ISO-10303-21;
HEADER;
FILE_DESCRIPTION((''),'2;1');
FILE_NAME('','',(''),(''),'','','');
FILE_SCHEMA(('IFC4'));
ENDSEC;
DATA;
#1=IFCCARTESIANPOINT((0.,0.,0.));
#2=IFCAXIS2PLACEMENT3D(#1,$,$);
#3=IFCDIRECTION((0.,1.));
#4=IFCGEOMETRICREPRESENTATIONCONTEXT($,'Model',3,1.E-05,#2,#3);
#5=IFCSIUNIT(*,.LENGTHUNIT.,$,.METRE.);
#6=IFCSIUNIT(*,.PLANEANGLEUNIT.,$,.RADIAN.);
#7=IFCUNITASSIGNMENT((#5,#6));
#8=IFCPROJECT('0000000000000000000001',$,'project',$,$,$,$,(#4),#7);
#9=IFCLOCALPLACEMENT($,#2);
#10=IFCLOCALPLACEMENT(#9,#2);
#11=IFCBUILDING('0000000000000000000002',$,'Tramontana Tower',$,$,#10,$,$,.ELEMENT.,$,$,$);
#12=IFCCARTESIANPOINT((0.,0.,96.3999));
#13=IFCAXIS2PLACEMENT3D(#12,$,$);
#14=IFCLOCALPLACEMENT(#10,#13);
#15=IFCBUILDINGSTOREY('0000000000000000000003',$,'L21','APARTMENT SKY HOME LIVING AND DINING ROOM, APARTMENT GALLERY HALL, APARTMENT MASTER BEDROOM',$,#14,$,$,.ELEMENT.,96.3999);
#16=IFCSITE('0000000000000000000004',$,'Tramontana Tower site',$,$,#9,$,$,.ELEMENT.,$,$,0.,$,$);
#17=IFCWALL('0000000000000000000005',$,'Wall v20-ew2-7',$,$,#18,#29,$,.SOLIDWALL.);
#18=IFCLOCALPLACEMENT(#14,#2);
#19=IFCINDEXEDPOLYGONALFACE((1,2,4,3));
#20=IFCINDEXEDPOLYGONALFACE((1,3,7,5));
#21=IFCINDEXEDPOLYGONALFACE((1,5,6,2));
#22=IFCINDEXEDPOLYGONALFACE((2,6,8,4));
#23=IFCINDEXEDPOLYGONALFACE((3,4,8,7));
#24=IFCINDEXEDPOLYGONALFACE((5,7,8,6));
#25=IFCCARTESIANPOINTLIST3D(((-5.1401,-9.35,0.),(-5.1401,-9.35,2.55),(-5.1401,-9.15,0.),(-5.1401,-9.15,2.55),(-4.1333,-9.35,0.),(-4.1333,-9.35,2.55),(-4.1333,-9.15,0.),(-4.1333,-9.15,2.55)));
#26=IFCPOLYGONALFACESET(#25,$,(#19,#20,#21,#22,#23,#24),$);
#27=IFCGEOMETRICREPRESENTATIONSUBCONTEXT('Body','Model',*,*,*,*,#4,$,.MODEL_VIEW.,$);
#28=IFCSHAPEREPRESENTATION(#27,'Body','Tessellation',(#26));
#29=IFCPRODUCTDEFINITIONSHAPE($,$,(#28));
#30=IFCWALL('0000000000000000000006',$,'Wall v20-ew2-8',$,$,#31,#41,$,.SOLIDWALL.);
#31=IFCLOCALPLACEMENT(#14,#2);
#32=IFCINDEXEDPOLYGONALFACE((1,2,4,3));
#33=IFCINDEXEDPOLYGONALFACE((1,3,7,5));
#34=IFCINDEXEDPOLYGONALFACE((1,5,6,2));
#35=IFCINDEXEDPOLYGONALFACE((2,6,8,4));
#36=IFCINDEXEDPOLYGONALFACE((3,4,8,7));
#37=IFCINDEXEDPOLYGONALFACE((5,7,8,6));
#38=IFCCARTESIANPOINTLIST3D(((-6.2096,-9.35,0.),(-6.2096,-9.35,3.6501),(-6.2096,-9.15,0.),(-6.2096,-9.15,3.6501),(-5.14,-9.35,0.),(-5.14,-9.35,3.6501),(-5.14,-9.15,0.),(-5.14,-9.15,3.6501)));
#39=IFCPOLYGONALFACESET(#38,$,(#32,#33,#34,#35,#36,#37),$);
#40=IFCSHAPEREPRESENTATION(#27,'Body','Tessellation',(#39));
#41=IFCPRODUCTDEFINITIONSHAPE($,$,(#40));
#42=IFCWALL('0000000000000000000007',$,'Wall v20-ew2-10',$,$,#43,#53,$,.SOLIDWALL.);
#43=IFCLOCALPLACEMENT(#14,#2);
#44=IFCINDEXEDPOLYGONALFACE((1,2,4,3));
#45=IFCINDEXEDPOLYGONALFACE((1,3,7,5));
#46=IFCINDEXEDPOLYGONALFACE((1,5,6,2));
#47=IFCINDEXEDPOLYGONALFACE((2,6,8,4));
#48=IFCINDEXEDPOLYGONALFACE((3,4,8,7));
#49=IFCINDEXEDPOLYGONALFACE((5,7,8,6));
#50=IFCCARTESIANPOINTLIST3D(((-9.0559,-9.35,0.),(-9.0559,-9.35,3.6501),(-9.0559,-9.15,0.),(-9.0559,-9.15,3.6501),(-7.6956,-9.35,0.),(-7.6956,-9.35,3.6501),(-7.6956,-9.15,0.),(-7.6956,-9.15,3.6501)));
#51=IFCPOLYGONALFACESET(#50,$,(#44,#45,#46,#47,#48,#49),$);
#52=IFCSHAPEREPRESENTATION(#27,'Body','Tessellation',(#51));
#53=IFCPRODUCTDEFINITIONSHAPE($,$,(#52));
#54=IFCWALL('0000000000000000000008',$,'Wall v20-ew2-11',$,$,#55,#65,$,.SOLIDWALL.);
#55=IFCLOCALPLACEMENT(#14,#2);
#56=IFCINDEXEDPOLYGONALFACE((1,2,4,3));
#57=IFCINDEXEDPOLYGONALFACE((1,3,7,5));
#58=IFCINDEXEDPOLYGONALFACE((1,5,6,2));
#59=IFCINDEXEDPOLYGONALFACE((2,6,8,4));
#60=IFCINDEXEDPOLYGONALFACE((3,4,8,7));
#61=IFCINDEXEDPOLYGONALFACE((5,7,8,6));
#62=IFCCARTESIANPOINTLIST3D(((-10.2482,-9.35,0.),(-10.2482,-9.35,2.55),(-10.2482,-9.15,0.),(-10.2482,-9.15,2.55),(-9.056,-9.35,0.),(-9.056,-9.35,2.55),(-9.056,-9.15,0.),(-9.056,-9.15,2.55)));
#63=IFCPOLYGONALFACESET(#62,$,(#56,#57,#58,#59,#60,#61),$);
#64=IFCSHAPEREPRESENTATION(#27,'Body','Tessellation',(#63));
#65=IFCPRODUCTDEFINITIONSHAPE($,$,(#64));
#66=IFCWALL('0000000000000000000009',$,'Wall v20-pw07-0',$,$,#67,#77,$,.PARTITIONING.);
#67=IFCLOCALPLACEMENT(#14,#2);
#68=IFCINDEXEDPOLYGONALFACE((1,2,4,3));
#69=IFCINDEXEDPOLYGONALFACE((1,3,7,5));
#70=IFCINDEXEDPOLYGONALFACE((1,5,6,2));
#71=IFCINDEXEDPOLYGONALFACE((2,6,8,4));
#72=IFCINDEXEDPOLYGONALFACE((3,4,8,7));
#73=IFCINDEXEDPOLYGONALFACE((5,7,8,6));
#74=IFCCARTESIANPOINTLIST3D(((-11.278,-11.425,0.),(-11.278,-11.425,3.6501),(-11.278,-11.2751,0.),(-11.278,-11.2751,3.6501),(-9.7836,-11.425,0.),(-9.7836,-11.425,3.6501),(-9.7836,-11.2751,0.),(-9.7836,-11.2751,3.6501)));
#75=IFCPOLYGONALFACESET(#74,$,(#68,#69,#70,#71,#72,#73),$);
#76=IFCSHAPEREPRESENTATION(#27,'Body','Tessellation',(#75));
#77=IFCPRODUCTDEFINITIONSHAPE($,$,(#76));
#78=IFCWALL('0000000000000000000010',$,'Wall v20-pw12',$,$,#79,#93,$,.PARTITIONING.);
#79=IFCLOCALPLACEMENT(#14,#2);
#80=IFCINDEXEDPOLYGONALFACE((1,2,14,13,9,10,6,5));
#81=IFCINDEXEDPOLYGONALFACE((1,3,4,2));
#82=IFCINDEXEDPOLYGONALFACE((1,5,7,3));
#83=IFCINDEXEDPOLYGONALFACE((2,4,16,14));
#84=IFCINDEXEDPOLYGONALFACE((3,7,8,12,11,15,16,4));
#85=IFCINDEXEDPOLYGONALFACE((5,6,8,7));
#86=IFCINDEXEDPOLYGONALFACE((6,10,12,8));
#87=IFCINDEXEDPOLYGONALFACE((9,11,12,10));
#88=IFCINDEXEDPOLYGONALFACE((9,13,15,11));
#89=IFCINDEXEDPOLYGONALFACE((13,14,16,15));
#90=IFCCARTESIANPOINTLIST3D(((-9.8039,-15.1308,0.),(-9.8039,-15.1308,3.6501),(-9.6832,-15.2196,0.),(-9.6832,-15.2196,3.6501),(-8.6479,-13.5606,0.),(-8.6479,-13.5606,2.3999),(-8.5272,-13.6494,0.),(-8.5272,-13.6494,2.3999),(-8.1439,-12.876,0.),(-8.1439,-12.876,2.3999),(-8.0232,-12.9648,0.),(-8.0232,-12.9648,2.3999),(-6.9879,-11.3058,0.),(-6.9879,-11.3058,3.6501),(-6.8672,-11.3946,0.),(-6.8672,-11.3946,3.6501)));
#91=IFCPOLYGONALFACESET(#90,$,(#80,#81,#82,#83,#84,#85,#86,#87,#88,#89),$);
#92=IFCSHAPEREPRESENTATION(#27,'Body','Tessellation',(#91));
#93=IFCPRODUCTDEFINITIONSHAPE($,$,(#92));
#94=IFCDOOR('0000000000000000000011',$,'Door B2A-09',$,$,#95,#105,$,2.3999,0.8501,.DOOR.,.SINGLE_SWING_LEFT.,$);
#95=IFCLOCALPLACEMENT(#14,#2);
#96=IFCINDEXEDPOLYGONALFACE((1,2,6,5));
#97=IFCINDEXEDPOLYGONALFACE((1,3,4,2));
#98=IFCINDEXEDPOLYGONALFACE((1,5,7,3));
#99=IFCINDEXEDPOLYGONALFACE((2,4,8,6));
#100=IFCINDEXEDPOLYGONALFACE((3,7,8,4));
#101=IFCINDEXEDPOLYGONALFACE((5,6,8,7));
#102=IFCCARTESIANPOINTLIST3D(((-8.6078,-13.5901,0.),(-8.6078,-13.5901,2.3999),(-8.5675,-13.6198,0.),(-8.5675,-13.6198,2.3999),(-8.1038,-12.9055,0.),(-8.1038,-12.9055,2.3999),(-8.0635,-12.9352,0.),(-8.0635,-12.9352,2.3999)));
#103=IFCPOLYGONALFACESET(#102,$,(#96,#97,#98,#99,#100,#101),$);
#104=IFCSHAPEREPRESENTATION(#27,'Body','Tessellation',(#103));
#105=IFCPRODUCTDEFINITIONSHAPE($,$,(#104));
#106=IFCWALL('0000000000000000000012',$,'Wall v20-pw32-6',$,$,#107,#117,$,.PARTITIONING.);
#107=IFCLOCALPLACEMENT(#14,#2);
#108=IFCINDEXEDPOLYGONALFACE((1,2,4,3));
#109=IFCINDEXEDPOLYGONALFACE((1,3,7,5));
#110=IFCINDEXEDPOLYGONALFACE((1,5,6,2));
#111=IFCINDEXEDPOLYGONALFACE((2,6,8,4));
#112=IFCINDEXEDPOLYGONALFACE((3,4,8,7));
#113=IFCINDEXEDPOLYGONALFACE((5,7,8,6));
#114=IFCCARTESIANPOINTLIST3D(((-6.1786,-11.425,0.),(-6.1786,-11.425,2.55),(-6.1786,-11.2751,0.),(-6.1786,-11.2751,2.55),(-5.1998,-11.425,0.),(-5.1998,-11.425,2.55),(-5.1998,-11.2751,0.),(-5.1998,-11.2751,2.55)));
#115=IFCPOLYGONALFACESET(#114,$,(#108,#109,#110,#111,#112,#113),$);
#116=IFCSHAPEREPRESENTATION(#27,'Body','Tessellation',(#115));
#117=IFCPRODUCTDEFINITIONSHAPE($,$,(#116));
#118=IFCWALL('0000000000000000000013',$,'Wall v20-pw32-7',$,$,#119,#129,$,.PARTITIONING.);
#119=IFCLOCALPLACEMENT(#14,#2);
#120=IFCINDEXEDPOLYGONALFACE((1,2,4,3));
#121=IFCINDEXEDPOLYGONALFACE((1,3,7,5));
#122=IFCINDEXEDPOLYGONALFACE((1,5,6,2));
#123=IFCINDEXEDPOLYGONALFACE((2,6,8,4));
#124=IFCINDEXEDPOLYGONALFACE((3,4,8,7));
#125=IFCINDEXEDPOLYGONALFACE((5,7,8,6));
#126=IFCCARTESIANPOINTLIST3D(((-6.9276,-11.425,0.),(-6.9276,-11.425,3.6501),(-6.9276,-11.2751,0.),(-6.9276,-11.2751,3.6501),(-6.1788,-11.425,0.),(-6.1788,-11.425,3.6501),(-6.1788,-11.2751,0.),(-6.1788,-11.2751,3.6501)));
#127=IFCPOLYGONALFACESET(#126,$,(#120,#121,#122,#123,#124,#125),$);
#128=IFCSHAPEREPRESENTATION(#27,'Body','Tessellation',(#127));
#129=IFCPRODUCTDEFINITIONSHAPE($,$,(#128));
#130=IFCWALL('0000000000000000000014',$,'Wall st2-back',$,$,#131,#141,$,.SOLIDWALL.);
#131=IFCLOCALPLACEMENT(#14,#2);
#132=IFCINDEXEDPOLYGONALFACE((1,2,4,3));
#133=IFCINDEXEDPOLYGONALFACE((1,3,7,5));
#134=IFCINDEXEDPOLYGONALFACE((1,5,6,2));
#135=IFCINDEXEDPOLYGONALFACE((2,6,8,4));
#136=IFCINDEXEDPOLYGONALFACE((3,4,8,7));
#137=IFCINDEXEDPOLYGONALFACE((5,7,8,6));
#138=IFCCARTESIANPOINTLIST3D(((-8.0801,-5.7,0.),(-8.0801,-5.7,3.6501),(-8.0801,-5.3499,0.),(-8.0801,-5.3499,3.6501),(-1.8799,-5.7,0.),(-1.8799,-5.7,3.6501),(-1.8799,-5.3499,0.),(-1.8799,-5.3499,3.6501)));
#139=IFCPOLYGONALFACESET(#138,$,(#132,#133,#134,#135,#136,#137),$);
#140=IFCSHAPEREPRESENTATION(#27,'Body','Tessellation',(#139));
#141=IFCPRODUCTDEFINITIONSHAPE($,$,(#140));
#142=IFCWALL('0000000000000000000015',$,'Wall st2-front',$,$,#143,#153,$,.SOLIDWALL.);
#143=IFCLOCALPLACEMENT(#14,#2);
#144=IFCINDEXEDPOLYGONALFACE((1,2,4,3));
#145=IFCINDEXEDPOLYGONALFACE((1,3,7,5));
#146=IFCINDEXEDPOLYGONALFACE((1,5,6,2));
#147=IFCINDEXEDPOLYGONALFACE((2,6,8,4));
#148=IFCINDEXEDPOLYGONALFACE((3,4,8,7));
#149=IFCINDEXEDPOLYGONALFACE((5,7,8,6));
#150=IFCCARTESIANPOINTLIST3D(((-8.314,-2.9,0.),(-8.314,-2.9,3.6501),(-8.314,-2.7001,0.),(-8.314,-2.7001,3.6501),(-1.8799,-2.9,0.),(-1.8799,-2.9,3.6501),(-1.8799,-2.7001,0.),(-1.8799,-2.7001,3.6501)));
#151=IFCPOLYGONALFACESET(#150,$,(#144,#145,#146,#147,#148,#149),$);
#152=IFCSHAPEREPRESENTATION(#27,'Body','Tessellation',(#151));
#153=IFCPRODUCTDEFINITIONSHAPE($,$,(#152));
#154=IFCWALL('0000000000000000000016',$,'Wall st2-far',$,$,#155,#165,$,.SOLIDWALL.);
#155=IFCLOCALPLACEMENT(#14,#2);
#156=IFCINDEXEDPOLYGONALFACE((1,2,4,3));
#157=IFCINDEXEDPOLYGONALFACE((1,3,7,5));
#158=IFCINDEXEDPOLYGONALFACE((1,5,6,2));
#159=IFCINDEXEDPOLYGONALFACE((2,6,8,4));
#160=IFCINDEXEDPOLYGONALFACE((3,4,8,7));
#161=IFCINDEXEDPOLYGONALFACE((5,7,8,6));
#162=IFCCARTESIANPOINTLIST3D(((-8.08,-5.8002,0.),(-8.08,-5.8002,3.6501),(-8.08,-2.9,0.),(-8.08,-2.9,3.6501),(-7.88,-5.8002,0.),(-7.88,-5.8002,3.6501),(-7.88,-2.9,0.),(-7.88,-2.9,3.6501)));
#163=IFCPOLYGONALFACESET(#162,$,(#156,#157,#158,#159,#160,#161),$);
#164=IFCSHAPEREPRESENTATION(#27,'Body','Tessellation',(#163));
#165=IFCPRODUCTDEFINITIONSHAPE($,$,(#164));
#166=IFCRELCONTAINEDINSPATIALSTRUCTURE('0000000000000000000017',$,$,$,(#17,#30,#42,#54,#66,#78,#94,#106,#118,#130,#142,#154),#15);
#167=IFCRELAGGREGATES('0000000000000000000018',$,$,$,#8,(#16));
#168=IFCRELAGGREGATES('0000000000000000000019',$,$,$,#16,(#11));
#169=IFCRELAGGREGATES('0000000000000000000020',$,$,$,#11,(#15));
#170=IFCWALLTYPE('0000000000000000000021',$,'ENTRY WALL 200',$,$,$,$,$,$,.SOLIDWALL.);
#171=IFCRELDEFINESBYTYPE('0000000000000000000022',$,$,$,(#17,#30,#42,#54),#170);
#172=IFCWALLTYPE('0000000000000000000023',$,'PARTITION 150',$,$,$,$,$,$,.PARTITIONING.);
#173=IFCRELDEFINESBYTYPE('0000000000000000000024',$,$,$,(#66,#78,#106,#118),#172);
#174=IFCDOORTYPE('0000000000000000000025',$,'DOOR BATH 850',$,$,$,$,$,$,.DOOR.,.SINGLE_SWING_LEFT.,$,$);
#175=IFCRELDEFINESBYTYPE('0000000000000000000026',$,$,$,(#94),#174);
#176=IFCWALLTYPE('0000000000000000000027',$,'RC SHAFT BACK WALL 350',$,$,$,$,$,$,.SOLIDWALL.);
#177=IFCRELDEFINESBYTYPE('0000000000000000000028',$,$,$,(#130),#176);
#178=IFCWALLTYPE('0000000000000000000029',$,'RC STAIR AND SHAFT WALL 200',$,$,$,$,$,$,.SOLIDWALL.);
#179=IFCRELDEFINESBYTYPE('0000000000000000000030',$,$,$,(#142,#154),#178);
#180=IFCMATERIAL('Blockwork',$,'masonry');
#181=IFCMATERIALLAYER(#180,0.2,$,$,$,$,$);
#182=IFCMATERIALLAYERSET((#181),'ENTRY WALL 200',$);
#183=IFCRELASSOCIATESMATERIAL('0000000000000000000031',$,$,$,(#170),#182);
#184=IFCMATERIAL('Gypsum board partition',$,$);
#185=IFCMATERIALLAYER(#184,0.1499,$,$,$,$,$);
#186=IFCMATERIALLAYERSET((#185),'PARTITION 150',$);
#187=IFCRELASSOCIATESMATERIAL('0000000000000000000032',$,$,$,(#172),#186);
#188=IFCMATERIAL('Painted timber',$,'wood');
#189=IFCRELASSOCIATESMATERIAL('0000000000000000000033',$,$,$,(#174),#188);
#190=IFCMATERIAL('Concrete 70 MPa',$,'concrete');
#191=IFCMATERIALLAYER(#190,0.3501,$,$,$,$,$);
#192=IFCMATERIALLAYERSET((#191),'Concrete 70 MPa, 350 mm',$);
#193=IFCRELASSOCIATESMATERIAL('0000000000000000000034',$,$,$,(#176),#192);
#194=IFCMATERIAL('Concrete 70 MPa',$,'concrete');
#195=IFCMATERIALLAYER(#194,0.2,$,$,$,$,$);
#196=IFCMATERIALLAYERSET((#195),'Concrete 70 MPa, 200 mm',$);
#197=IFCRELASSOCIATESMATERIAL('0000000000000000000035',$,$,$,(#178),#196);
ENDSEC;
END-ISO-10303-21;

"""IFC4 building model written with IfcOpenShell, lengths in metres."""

from ifc_helpers import new_model, si_unit, direction, frame, frame_2d, origin, place, context, subcontext, project, spatial, rectangle, extrude, material, layer, layer_set, type_object, element, fill, save


model = new_model("IFC4")

# Units and contexts
model_context = context("Model", 3, precision=1e-05, world=origin(), true_north=direction((0.0, 1.0)))
body_context = subcontext(model_context, "Body", "Model", "MODEL_VIEW")
ifc_project = project(units=[si_unit("LENGTHUNIT", "METRE"), si_unit("PLANEANGLEUNIT", "RADIAN")], contexts=[model_context])

# Site, building, storey
site_placement = place(None, origin())
site = spatial("IfcSite", under=ifc_project, at=site_placement, Name="Tramontana Tower site", CompositionType="ELEMENT", RefElevation=0.0)
building_placement = place(site_placement, origin())
building = spatial("IfcBuilding", under=site, at=building_placement, Name="Tramontana Tower", CompositionType="ELEMENT")
storey_placement = place(building_placement, frame((0.0, 0.0, 96.3999)))
storey = spatial("IfcBuildingStorey", under=building, at=storey_placement, Name="L21", Description="APARTMENT SKY HOME LIVING AND DINING ROOM, APARTMENT GALLERY HALL, APARTMENT MASTER BEDROOM", CompositionType="ELEMENT", Elevation=96.3999)

# Walls
ifc_material_1 = material(Name="Blockwork", Category="masonry")
ifc_layer_1 = layer(ifc_material_1, 0.2)
ifc_layer_set_1 = layer_set([ifc_layer_1], Name="ENTRY WALL 200")
wall_type_1 = type_object("IfcWallType", Name="ENTRY WALL 200", PredefinedType="SOLIDWALL", material=ifc_layer_set_1)
wall_1_placement = place(storey_placement, frame((-4.1333, -9.25, 0.0), z_axis=(0.0, 0.0, 1.0), x_axis=(-1.0, 0.0, 0.0)))
element("IfcWall", 1, at=wall_1_placement, inside=storey, type_object=wall_type_1, Name="Wall v20-ew2-7", PredefinedType="SOLIDWALL", context=body_context, shape_type="SweptSolid", body=[
    extrude(rectangle(XDim=1.0068, YDim=0.2, at=frame_2d((0.5034, 0.0))), origin(), (0.0, 0.0, 1.0), 2.55),
])
wall_2_placement = place(storey_placement, frame((-5.1401, -9.25, 0.0), z_axis=(0.0, 0.0, 1.0), x_axis=(-1.0, 0.0, 0.0)))
element("IfcWall", 2, at=wall_2_placement, inside=storey, type_object=wall_type_1, Name="Wall v20-ew2-8", PredefinedType="SOLIDWALL", context=body_context, shape_type="SweptSolid", body=[
    extrude(rectangle(XDim=1.0696, YDim=0.2, at=frame_2d((0.5347, 0.0))), origin(), (0.0, 0.0, 1.0), 3.6501),
])

# Walls
wall_3_placement = place(storey_placement, frame((-7.6956, -9.25, 0.0), z_axis=(0.0, 0.0, 1.0), x_axis=(-1.0, 0.0, 0.0)))
element("IfcWall", 3, at=wall_3_placement, inside=storey, type_object=wall_type_1, Name="Wall v20-ew2-10", PredefinedType="SOLIDWALL", context=body_context, shape_type="SweptSolid", body=[
    extrude(rectangle(XDim=1.3604, YDim=0.2, at=frame_2d((0.6802, 0.0))), origin(), (0.0, 0.0, 1.0), 3.6501),
])
wall_4_placement = place(storey_placement, frame((-9.0559, -9.25, 0.0), z_axis=(0.0, 0.0, 1.0), x_axis=(-1.0, 0.0, 0.0)))
element("IfcWall", 4, at=wall_4_placement, inside=storey, type_object=wall_type_1, Name="Wall v20-ew2-11", PredefinedType="SOLIDWALL", context=body_context, shape_type="SweptSolid", body=[
    extrude(rectangle(XDim=1.1921, YDim=0.2, at=frame_2d((0.5962, 0.0))), origin(), (0.0, 0.0, 1.0), 2.55),
])
ifc_material_2 = material(Name="Gypsum board partition")
ifc_layer_2 = layer(ifc_material_2, 0.1499)
ifc_layer_set_2 = layer_set([ifc_layer_2], Name="PARTITION 150")
wall_type_2 = type_object("IfcWallType", Name="PARTITION 150", PredefinedType="PARTITIONING", material=ifc_layer_set_2)
wall_5_placement = place(storey_placement, frame((-9.7837, -11.3501, 0.0), z_axis=(0.0, 0.0, 1.0), x_axis=(-1.0, 0.0, 0.0)))
element("IfcWall", 5, at=wall_5_placement, inside=storey, type_object=wall_type_2, Name="Wall v20-pw07-0", PredefinedType="PARTITIONING", context=body_context, shape_type="SweptSolid", body=[
    extrude(rectangle(XDim=1.4944, YDim=0.1499, at=frame_2d((0.7471, 0.0))), origin(), (0.0, 0.0, 1.0), 3.6501),
])

# Wall, opening, door
wall_6_placement = place(storey_placement, frame((-6.9275, -11.3501, 0.0), z_axis=(0.0, 0.0, 1.0), x_axis=(-0.592862, -0.805304, 0.0)))
wall_6 = element("IfcWall", 6, at=wall_6_placement, inside=storey, type_object=wall_type_2, Name="Wall v20-pw12", PredefinedType="PARTITIONING", context=body_context, shape_type="SweptSolid", body=[
    extrude(rectangle(XDim=4.7498, YDim=0.1499, at=frame_2d((2.375, 0.0))), origin(), (0.0, 0.0, 1.0), 3.6501),
])
opening_1_placement = place(wall_6_placement, frame((1.95, 0.0, 0.0)))
opening_1 = element("IfcOpeningElement", 7, at=opening_1_placement, cuts=wall_6, PredefinedType="OPENING", context=body_context, shape_type="SweptSolid", body=[
    extrude(rectangle(XDim=0.8501, YDim=2.3999, at=frame_2d((0.425, 1.2))), frame((0.0, 0.085, 0.0), z_axis=(0.0, -1.0, 0.0), x_axis=(1.0, 0.0, 0.0)), (0.0, 0.0, 1.0), 0.1699),
])
ifc_material_3 = material(Name="Painted timber", Category="wood")
door_type_1 = type_object("IfcDoorType", Name="DOOR BATH 850", OperationType="SINGLE_SWING_LEFT", PredefinedType="DOOR", material=ifc_material_3)
door_1_placement = place(opening_1_placement, origin())
door_1 = element("IfcDoor", 8, at=door_1_placement, inside=storey, type_object=door_type_1, Name="Door B2A-09", OperationType="SINGLE_SWING_LEFT", OverallHeight=2.3999, OverallWidth=0.8501, PredefinedType="DOOR", context=body_context, shape_type="SweptSolid", body=[
    extrude(rectangle(XDim=0.8501, YDim=2.3999, at=frame_2d((0.425, 1.2))), frame((0.0, 0.0249, 0.0), z_axis=(0.0, -1.0, 0.0), x_axis=(1.0, 0.0, 0.0)), (0.0, 0.0, 1.0), 0.05),
])
fill(opening_1, door_1)

# Walls
wall_7_placement = place(storey_placement, frame((-5.2, -11.3501, 0.0), z_axis=(0.0, 0.0, 1.0), x_axis=(-1.0, 0.0, 0.0)))
element("IfcWall", 9, at=wall_7_placement, inside=storey, type_object=wall_type_2, Name="Wall v20-pw32-6", PredefinedType="PARTITIONING", context=body_context, shape_type="SweptSolid", body=[
    extrude(rectangle(XDim=0.9788, YDim=0.1499, at=frame_2d((0.4893, 0.0))), origin(), (0.0, 0.0, 1.0), 2.55),
])
wall_8_placement = place(storey_placement, frame((-6.1787, -11.3501, 0.0), z_axis=(0.0, 0.0, 1.0), x_axis=(-1.0, 0.0, 0.0)))
element("IfcWall", 10, at=wall_8_placement, inside=storey, type_object=wall_type_2, Name="Wall v20-pw32-7", PredefinedType="PARTITIONING", context=body_context, shape_type="SweptSolid", body=[
    extrude(rectangle(XDim=0.7488, YDim=0.1499, at=frame_2d((0.3745, 0.0))), origin(), (0.0, 0.0, 1.0), 3.6501),
])
ifc_material_4 = material(Name="Concrete 70 MPa", Category="concrete")
ifc_layer_3 = layer(ifc_material_4, 0.3501)
ifc_layer_set_3 = layer_set([ifc_layer_3], Name="Concrete 70 MPa, 350 mm")
wall_type_3 = type_object("IfcWallType", Name="RC SHAFT BACK WALL 350", PredefinedType="SOLIDWALL", material=ifc_layer_set_3)
wall_9_placement = place(storey_placement, frame((-8.0801, -5.5249, 0.0), z_axis=(0.0, 0.0, 1.0), x_axis=(1.0, 0.0, 0.0)))
element("IfcWall", 11, at=wall_9_placement, inside=storey, type_object=wall_type_3, Name="Wall st2-back", PredefinedType="SOLIDWALL", context=body_context, shape_type="SweptSolid", body=[
    extrude(rectangle(XDim=6.2002, YDim=0.3501, at=frame_2d((3.1001, 0.0))), origin(), (0.0, 0.0, 1.0), 3.6501),
])
ifc_material_5 = material(Name="Concrete 70 MPa", Category="concrete")
ifc_layer_4 = layer(ifc_material_5, 0.2)
ifc_layer_set_4 = layer_set([ifc_layer_4], Name="Concrete 70 MPa, 200 mm")
wall_type_4 = type_object("IfcWallType", Name="RC STAIR AND SHAFT WALL 200", PredefinedType="SOLIDWALL", material=ifc_layer_set_4)
wall_10_placement = place(storey_placement, frame((-8.314, -2.8, 0.0), z_axis=(0.0, 0.0, 1.0), x_axis=(1.0, 0.0, 0.0)))
element("IfcWall", 12, at=wall_10_placement, inside=storey, type_object=wall_type_4, Name="Wall st2-front", PredefinedType="SOLIDWALL", context=body_context, shape_type="SweptSolid", body=[
    extrude(rectangle(XDim=6.4341, YDim=0.2, at=frame_2d((3.217, 0.0))), origin(), (0.0, 0.0, 1.0), 3.6501),
])
wall_11_placement = place(storey_placement, frame((-7.98, -2.8999, 0.0), z_axis=(0.0, 0.0, 1.0), x_axis=(0.0, -1.0, 0.0)))
element("IfcWall", 13, at=wall_11_placement, inside=storey, type_object=wall_type_4, Name="Wall st2-far", PredefinedType="SOLIDWALL", context=body_context, shape_type="SweptSolid", body=[
    extrude(rectangle(XDim=2.9001, YDim=0.2, at=frame_2d((1.4502, 0.0))), origin(), (0.0, 0.0, 1.0), 3.6501),
])

save(model, "model.ifc")
